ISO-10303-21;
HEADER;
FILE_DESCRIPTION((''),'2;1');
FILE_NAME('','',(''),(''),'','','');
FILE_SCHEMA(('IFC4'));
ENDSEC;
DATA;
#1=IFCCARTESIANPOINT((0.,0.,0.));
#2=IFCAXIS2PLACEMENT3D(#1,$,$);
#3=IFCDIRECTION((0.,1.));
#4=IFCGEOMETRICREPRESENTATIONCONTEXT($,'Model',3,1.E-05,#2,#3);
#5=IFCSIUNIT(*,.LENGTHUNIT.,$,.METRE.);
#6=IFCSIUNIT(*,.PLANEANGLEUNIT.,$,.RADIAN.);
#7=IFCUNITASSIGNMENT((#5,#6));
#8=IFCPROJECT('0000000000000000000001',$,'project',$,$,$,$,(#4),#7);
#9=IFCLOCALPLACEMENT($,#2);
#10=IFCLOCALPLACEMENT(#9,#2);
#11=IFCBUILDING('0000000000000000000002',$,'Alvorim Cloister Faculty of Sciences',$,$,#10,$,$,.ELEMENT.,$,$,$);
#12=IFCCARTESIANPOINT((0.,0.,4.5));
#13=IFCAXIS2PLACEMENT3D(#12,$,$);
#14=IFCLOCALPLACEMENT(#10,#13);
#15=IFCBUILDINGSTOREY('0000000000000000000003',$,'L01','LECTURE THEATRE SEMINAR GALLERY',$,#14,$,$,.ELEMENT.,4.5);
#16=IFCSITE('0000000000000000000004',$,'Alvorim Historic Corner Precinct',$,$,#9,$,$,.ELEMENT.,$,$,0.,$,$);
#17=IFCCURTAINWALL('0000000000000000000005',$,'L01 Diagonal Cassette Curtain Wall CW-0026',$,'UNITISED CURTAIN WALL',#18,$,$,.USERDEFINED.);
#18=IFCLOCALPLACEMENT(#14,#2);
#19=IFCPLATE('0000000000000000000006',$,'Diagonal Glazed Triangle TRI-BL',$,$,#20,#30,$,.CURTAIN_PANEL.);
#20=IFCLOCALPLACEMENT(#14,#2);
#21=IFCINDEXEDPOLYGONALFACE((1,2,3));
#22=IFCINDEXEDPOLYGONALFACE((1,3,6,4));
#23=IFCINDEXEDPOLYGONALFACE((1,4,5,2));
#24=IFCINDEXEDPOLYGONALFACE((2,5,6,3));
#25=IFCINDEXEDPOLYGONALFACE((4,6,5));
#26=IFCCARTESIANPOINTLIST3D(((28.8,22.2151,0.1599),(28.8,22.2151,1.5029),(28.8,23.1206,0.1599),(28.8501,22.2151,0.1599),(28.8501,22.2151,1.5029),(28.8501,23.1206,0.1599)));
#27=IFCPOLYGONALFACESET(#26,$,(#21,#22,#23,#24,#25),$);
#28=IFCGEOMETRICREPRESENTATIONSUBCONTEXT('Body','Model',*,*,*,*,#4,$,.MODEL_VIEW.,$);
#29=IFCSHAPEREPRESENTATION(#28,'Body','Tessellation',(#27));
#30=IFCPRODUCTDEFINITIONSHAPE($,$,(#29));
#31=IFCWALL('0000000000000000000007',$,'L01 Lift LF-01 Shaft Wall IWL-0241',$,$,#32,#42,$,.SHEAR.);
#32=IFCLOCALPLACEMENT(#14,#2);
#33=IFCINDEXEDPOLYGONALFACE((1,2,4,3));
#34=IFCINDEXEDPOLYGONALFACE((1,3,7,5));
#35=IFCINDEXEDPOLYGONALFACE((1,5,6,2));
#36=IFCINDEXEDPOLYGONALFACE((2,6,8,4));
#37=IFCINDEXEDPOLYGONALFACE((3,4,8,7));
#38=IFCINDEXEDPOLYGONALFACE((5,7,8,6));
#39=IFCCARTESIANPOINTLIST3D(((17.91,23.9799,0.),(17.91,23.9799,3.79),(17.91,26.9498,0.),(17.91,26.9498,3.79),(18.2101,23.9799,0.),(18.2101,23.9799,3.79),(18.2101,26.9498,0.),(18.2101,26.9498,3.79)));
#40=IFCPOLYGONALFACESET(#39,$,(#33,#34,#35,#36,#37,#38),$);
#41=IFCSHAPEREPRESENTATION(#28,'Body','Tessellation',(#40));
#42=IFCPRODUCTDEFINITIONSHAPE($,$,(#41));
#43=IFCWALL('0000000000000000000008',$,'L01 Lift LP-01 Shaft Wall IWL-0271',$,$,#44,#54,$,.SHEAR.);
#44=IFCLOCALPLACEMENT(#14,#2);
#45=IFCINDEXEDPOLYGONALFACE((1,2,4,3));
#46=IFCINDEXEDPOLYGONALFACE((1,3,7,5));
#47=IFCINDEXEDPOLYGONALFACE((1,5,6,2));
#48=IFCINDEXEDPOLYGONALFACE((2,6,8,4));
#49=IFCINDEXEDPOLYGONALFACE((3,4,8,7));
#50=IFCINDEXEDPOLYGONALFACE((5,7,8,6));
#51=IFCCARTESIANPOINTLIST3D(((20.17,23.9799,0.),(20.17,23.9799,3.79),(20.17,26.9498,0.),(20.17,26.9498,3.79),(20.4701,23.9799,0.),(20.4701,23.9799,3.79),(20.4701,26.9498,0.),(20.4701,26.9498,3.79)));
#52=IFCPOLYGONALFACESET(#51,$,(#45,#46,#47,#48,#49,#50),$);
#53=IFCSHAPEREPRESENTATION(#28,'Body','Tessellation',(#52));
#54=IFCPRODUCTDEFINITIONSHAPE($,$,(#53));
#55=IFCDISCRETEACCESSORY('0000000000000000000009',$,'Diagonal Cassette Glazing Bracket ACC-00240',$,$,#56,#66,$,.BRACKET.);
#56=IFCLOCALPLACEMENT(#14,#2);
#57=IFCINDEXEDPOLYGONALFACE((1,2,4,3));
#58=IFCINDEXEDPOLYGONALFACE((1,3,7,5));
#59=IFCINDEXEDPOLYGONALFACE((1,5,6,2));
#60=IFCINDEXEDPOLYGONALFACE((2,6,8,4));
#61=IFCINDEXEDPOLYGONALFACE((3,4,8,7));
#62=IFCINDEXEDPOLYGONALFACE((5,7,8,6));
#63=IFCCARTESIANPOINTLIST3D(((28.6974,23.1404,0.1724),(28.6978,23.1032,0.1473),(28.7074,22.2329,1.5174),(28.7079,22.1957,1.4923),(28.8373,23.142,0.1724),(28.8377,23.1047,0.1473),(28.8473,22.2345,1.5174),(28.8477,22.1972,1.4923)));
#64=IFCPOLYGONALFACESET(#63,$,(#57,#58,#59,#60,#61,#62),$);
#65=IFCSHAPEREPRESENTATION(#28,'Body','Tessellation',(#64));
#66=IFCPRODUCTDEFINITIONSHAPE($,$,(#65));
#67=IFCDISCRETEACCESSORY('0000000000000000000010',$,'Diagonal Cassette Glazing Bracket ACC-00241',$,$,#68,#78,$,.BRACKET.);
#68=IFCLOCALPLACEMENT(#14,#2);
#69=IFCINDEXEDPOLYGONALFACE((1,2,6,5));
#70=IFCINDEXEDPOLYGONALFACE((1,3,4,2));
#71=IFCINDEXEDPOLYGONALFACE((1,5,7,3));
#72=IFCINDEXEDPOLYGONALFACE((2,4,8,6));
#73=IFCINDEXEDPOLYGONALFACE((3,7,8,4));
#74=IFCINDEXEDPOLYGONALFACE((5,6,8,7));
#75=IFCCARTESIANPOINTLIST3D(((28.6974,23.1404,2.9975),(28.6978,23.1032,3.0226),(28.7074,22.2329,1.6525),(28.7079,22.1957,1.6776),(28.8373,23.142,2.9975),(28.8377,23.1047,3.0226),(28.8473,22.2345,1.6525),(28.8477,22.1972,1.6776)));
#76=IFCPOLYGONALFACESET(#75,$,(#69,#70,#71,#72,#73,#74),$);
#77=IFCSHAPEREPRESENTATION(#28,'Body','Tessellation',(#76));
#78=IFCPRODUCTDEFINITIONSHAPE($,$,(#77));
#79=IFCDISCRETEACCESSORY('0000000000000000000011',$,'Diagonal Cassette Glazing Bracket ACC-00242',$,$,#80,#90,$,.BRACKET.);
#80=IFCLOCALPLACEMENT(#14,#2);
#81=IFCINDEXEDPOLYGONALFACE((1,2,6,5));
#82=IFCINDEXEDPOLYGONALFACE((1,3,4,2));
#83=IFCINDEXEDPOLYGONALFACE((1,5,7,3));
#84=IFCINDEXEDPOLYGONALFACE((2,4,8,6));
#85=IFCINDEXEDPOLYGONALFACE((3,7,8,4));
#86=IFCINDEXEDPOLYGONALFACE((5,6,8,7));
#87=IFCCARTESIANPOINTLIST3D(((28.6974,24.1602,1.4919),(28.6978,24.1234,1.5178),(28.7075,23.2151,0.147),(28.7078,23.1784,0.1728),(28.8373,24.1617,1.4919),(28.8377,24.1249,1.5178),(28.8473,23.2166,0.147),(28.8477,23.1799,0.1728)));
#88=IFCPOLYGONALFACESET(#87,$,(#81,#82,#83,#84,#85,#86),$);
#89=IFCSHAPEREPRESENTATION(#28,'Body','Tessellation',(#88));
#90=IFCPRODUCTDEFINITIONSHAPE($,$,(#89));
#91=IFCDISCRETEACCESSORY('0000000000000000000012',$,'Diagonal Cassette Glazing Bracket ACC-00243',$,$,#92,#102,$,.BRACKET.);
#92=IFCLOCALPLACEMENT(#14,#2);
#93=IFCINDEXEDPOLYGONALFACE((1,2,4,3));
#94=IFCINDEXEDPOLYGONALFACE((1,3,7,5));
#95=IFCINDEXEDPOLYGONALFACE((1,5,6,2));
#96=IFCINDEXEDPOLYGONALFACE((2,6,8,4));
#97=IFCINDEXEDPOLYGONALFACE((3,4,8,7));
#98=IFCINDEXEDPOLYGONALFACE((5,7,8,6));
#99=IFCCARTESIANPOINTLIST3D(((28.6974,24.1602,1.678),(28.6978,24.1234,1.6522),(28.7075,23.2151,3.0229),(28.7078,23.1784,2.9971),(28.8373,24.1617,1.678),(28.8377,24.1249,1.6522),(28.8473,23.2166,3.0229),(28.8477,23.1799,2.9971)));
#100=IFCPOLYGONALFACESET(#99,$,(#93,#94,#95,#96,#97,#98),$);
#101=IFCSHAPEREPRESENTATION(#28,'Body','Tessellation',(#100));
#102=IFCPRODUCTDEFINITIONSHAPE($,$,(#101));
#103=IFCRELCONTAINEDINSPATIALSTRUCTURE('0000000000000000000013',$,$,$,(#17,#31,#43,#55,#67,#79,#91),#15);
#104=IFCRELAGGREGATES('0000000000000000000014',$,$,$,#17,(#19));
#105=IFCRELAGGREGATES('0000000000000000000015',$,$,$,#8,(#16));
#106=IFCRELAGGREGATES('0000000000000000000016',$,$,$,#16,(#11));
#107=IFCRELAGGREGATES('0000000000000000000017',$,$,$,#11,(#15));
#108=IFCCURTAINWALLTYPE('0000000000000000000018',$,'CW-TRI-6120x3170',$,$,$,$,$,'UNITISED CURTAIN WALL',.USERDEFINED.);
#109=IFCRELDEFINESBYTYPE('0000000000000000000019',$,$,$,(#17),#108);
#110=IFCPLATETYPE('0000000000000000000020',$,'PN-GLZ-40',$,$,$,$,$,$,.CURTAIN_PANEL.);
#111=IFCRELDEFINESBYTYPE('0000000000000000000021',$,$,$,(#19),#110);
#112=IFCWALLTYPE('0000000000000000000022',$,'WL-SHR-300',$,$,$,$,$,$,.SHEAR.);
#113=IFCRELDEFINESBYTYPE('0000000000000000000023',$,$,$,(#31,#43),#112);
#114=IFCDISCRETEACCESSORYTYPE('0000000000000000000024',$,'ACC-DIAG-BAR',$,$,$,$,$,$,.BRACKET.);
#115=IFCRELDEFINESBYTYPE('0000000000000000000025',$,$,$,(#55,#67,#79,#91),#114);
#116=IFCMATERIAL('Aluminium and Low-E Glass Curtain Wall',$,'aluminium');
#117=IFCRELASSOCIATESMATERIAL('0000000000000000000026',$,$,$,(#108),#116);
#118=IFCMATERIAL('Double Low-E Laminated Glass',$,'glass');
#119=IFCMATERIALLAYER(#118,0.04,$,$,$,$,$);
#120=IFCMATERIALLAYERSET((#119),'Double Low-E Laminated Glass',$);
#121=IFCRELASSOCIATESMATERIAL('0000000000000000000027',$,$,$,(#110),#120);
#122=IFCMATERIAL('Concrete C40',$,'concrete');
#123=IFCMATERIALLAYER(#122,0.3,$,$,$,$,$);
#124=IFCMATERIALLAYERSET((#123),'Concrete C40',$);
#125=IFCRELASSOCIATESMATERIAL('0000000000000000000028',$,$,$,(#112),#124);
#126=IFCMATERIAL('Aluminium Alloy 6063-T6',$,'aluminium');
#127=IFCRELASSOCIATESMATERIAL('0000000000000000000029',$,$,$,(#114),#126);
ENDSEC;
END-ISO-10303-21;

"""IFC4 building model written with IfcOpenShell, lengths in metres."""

from ifc_helpers import new_model, si_unit, direction, frame, frame_2d, origin, origin_2d, place, context, subcontext, project, spatial, polyline, rectangle, outline, extrude, material, layer, layer_set, type_object, element, aggregate, save


model = new_model("IFC4")

# Units and contexts
model_context = context("Model", 3, precision=1e-05, world=origin(), true_north=direction((0.0, 1.0)))
body_context = subcontext(model_context, "Body", "Model", "MODEL_VIEW")
ifc_project = project(units=[si_unit("LENGTHUNIT", "METRE"), si_unit("PLANEANGLEUNIT", "RADIAN")], contexts=[model_context])

# Site, building, storey
site_placement = place(None, origin())
site = spatial("IfcSite", under=ifc_project, at=site_placement, Name="Alvorim Historic Corner Precinct", CompositionType="ELEMENT", RefElevation=0.0)
building_placement = place(site_placement, origin())
building = spatial("IfcBuilding", under=site, at=building_placement, Name="Alvorim Cloister Faculty of Sciences", CompositionType="ELEMENT")
storey_placement = place(building_placement, frame((0.0, 0.0, 4.5)))
storey = spatial("IfcBuildingStorey", under=building, at=storey_placement, Name="L01", Description="LECTURE THEATRE SEMINAR GALLERY", CompositionType="ELEMENT", Elevation=4.5)

# Shared definitions
ifc_material_1 = material(Name="Concrete C40", Category="concrete")

# Curtain wall, plate
ifc_material_2 = material(Name="Aluminium and Low-E Glass Curtain Wall", Category="aluminium")
curtain_wall_type = type_object("IfcCurtainWallType", Name="CW-TRI-6120x3170", ElementType="UNITISED CURTAIN WALL", PredefinedType="USERDEFINED", material=ifc_material_2)
curtain_wall_placement = place(storey_placement, origin())
curtain_wall = element("IfcCurtainWall", 1, at=curtain_wall_placement, inside=storey, type_object=curtain_wall_type, Name="L01 Diagonal Cassette Curtain Wall CW-0026", ObjectType="UNITISED CURTAIN WALL", PredefinedType="USERDEFINED")
ifc_material_3 = material(Name="Aluminium Alloy 6063-T6", Category="aluminium")
ifc_material_4 = material(Name="Double Low-E Laminated Glass", Category="glass")
ifc_layer_1 = layer(ifc_material_4, 0.04)
ifc_layer_set_1 = layer_set([ifc_layer_1], Name="Double Low-E Laminated Glass")
plate_type = type_object("IfcPlateType", Name="PN-GLZ-40", PredefinedType="CURTAIN_PANEL", material=ifc_layer_set_1)
plate_1_placement = place(storey_placement, frame((28.825, 22.2151, 0.1599), z_axis=(0.0, 0.0, 1.0), x_axis=(0.0, 1.0, 0.0)))
plate_1 = element("IfcPlate", 2, at=plate_1_placement, type_object=plate_type, Name="Diagonal Glazed Triangle TRI-BL", PredefinedType="CURTAIN_PANEL", context=body_context, shape_type="SweptSolid", body=[
    extrude(outline(polyline([(0.0, 0.0), (0.9055, 0.0), (0.0, 1.343), (0.0, 0.0)])), frame((0.0, 0.0249, 0.0), z_axis=(0.0, -1.0, 0.0), x_axis=(1.0, 0.0, 0.0)), (0.0, 0.0, 1.0), 0.05),
])
aggregate(curtain_wall, [plate_1])

# Walls
ifc_layer_2 = layer(ifc_material_1, 0.3)
ifc_layer_set_2 = layer_set([ifc_layer_2], Name="Concrete C40")
wall_type = type_object("IfcWallType", Name="WL-SHR-300", PredefinedType="SHEAR", material=ifc_layer_set_2)
for number, where, z_axis, x_axis, name in (
    (3, (18.0601, 23.98, 0.0), (0.0, 0.0, 1.0), (0.0, 1.0, 0.0), "L01 Lift LF-01 Shaft Wall IWL-0241"),
    (4, (20.3201, 23.98, 0.0), (0.0, 0.0, 1.0), (0.0, 1.0, 0.0), "L01 Lift LP-01 Shaft Wall IWL-0271"),
):
    element("IfcWall", number, at=place(storey_placement, frame(where, z_axis=z_axis, x_axis=x_axis)), inside=storey, type_object=wall_type, Name=name, PredefinedType="SHEAR", context=body_context, shape_type="SweptSolid", body=[
        extrude(rectangle(XDim=2.97, YDim=0.3, at=frame_2d((1.4849, 0.0))), origin(), (0.0, 0.0, 1.0), 3.79),
    ])

# Discrete accessories
discrete_accessory_type = type_object("IfcDiscreteAccessoryType", Name="ACC-DIAG-BAR", PredefinedType="BRACKET", material=ifc_material_3)
for number, where, z_axis, x_axis, name in (
    (5, (28.7776, 22.2151, 1.5049), (-0.006169, 0.559299, -0.828943), (-0.999939, -0.01103, 0.0), "Diagonal Cassette Glazing Bracket ACC-00240"),
    (6, (28.7776, 22.2151, 1.665), (-0.006169, 0.559299, 0.828943), (-0.999939, -0.01103, 0.0), "Diagonal Cassette Glazing Bracket ACC-00241"),
):
    element("IfcDiscreteAccessory", number, at=place(storey_placement, frame(where, z_axis=z_axis, x_axis=x_axis)), inside=storey, type_object=discrete_accessory_type, Name=name, PredefinedType="BRACKET", context=body_context, shape_type="SweptSolid", body=[
        extrude(rectangle(XDim=0.1399, YDim=0.0449, at=origin_2d()), origin(), (0.0, 0.0, 1.0), 1.6226),
    ])
for number, where, z_axis, x_axis, name in (
    (7, (28.7776, 23.1975, 0.1599), (-0.006089, 0.574916, 0.81819), (-0.999944, -0.010591, 0.0), "Diagonal Cassette Glazing Bracket ACC-00242"),
    (8, (28.7776, 23.1975, 3.01), (-0.006089, 0.574916, -0.81819), (-0.999944, -0.010591, 0.0), "Diagonal Cassette Glazing Bracket ACC-00243"),
):
    element("IfcDiscreteAccessory", number, at=place(storey_placement, frame(where, z_axis=z_axis, x_axis=x_axis)), inside=storey, type_object=discrete_accessory_type, Name=name, PredefinedType="BRACKET", context=body_context, shape_type="SweptSolid", body=[
        extrude(rectangle(XDim=0.1399, YDim=0.0449, at=origin_2d()), origin(), (0.0, 0.0, 1.0), 1.6438),
    ])

save(model, "model.ifc")
